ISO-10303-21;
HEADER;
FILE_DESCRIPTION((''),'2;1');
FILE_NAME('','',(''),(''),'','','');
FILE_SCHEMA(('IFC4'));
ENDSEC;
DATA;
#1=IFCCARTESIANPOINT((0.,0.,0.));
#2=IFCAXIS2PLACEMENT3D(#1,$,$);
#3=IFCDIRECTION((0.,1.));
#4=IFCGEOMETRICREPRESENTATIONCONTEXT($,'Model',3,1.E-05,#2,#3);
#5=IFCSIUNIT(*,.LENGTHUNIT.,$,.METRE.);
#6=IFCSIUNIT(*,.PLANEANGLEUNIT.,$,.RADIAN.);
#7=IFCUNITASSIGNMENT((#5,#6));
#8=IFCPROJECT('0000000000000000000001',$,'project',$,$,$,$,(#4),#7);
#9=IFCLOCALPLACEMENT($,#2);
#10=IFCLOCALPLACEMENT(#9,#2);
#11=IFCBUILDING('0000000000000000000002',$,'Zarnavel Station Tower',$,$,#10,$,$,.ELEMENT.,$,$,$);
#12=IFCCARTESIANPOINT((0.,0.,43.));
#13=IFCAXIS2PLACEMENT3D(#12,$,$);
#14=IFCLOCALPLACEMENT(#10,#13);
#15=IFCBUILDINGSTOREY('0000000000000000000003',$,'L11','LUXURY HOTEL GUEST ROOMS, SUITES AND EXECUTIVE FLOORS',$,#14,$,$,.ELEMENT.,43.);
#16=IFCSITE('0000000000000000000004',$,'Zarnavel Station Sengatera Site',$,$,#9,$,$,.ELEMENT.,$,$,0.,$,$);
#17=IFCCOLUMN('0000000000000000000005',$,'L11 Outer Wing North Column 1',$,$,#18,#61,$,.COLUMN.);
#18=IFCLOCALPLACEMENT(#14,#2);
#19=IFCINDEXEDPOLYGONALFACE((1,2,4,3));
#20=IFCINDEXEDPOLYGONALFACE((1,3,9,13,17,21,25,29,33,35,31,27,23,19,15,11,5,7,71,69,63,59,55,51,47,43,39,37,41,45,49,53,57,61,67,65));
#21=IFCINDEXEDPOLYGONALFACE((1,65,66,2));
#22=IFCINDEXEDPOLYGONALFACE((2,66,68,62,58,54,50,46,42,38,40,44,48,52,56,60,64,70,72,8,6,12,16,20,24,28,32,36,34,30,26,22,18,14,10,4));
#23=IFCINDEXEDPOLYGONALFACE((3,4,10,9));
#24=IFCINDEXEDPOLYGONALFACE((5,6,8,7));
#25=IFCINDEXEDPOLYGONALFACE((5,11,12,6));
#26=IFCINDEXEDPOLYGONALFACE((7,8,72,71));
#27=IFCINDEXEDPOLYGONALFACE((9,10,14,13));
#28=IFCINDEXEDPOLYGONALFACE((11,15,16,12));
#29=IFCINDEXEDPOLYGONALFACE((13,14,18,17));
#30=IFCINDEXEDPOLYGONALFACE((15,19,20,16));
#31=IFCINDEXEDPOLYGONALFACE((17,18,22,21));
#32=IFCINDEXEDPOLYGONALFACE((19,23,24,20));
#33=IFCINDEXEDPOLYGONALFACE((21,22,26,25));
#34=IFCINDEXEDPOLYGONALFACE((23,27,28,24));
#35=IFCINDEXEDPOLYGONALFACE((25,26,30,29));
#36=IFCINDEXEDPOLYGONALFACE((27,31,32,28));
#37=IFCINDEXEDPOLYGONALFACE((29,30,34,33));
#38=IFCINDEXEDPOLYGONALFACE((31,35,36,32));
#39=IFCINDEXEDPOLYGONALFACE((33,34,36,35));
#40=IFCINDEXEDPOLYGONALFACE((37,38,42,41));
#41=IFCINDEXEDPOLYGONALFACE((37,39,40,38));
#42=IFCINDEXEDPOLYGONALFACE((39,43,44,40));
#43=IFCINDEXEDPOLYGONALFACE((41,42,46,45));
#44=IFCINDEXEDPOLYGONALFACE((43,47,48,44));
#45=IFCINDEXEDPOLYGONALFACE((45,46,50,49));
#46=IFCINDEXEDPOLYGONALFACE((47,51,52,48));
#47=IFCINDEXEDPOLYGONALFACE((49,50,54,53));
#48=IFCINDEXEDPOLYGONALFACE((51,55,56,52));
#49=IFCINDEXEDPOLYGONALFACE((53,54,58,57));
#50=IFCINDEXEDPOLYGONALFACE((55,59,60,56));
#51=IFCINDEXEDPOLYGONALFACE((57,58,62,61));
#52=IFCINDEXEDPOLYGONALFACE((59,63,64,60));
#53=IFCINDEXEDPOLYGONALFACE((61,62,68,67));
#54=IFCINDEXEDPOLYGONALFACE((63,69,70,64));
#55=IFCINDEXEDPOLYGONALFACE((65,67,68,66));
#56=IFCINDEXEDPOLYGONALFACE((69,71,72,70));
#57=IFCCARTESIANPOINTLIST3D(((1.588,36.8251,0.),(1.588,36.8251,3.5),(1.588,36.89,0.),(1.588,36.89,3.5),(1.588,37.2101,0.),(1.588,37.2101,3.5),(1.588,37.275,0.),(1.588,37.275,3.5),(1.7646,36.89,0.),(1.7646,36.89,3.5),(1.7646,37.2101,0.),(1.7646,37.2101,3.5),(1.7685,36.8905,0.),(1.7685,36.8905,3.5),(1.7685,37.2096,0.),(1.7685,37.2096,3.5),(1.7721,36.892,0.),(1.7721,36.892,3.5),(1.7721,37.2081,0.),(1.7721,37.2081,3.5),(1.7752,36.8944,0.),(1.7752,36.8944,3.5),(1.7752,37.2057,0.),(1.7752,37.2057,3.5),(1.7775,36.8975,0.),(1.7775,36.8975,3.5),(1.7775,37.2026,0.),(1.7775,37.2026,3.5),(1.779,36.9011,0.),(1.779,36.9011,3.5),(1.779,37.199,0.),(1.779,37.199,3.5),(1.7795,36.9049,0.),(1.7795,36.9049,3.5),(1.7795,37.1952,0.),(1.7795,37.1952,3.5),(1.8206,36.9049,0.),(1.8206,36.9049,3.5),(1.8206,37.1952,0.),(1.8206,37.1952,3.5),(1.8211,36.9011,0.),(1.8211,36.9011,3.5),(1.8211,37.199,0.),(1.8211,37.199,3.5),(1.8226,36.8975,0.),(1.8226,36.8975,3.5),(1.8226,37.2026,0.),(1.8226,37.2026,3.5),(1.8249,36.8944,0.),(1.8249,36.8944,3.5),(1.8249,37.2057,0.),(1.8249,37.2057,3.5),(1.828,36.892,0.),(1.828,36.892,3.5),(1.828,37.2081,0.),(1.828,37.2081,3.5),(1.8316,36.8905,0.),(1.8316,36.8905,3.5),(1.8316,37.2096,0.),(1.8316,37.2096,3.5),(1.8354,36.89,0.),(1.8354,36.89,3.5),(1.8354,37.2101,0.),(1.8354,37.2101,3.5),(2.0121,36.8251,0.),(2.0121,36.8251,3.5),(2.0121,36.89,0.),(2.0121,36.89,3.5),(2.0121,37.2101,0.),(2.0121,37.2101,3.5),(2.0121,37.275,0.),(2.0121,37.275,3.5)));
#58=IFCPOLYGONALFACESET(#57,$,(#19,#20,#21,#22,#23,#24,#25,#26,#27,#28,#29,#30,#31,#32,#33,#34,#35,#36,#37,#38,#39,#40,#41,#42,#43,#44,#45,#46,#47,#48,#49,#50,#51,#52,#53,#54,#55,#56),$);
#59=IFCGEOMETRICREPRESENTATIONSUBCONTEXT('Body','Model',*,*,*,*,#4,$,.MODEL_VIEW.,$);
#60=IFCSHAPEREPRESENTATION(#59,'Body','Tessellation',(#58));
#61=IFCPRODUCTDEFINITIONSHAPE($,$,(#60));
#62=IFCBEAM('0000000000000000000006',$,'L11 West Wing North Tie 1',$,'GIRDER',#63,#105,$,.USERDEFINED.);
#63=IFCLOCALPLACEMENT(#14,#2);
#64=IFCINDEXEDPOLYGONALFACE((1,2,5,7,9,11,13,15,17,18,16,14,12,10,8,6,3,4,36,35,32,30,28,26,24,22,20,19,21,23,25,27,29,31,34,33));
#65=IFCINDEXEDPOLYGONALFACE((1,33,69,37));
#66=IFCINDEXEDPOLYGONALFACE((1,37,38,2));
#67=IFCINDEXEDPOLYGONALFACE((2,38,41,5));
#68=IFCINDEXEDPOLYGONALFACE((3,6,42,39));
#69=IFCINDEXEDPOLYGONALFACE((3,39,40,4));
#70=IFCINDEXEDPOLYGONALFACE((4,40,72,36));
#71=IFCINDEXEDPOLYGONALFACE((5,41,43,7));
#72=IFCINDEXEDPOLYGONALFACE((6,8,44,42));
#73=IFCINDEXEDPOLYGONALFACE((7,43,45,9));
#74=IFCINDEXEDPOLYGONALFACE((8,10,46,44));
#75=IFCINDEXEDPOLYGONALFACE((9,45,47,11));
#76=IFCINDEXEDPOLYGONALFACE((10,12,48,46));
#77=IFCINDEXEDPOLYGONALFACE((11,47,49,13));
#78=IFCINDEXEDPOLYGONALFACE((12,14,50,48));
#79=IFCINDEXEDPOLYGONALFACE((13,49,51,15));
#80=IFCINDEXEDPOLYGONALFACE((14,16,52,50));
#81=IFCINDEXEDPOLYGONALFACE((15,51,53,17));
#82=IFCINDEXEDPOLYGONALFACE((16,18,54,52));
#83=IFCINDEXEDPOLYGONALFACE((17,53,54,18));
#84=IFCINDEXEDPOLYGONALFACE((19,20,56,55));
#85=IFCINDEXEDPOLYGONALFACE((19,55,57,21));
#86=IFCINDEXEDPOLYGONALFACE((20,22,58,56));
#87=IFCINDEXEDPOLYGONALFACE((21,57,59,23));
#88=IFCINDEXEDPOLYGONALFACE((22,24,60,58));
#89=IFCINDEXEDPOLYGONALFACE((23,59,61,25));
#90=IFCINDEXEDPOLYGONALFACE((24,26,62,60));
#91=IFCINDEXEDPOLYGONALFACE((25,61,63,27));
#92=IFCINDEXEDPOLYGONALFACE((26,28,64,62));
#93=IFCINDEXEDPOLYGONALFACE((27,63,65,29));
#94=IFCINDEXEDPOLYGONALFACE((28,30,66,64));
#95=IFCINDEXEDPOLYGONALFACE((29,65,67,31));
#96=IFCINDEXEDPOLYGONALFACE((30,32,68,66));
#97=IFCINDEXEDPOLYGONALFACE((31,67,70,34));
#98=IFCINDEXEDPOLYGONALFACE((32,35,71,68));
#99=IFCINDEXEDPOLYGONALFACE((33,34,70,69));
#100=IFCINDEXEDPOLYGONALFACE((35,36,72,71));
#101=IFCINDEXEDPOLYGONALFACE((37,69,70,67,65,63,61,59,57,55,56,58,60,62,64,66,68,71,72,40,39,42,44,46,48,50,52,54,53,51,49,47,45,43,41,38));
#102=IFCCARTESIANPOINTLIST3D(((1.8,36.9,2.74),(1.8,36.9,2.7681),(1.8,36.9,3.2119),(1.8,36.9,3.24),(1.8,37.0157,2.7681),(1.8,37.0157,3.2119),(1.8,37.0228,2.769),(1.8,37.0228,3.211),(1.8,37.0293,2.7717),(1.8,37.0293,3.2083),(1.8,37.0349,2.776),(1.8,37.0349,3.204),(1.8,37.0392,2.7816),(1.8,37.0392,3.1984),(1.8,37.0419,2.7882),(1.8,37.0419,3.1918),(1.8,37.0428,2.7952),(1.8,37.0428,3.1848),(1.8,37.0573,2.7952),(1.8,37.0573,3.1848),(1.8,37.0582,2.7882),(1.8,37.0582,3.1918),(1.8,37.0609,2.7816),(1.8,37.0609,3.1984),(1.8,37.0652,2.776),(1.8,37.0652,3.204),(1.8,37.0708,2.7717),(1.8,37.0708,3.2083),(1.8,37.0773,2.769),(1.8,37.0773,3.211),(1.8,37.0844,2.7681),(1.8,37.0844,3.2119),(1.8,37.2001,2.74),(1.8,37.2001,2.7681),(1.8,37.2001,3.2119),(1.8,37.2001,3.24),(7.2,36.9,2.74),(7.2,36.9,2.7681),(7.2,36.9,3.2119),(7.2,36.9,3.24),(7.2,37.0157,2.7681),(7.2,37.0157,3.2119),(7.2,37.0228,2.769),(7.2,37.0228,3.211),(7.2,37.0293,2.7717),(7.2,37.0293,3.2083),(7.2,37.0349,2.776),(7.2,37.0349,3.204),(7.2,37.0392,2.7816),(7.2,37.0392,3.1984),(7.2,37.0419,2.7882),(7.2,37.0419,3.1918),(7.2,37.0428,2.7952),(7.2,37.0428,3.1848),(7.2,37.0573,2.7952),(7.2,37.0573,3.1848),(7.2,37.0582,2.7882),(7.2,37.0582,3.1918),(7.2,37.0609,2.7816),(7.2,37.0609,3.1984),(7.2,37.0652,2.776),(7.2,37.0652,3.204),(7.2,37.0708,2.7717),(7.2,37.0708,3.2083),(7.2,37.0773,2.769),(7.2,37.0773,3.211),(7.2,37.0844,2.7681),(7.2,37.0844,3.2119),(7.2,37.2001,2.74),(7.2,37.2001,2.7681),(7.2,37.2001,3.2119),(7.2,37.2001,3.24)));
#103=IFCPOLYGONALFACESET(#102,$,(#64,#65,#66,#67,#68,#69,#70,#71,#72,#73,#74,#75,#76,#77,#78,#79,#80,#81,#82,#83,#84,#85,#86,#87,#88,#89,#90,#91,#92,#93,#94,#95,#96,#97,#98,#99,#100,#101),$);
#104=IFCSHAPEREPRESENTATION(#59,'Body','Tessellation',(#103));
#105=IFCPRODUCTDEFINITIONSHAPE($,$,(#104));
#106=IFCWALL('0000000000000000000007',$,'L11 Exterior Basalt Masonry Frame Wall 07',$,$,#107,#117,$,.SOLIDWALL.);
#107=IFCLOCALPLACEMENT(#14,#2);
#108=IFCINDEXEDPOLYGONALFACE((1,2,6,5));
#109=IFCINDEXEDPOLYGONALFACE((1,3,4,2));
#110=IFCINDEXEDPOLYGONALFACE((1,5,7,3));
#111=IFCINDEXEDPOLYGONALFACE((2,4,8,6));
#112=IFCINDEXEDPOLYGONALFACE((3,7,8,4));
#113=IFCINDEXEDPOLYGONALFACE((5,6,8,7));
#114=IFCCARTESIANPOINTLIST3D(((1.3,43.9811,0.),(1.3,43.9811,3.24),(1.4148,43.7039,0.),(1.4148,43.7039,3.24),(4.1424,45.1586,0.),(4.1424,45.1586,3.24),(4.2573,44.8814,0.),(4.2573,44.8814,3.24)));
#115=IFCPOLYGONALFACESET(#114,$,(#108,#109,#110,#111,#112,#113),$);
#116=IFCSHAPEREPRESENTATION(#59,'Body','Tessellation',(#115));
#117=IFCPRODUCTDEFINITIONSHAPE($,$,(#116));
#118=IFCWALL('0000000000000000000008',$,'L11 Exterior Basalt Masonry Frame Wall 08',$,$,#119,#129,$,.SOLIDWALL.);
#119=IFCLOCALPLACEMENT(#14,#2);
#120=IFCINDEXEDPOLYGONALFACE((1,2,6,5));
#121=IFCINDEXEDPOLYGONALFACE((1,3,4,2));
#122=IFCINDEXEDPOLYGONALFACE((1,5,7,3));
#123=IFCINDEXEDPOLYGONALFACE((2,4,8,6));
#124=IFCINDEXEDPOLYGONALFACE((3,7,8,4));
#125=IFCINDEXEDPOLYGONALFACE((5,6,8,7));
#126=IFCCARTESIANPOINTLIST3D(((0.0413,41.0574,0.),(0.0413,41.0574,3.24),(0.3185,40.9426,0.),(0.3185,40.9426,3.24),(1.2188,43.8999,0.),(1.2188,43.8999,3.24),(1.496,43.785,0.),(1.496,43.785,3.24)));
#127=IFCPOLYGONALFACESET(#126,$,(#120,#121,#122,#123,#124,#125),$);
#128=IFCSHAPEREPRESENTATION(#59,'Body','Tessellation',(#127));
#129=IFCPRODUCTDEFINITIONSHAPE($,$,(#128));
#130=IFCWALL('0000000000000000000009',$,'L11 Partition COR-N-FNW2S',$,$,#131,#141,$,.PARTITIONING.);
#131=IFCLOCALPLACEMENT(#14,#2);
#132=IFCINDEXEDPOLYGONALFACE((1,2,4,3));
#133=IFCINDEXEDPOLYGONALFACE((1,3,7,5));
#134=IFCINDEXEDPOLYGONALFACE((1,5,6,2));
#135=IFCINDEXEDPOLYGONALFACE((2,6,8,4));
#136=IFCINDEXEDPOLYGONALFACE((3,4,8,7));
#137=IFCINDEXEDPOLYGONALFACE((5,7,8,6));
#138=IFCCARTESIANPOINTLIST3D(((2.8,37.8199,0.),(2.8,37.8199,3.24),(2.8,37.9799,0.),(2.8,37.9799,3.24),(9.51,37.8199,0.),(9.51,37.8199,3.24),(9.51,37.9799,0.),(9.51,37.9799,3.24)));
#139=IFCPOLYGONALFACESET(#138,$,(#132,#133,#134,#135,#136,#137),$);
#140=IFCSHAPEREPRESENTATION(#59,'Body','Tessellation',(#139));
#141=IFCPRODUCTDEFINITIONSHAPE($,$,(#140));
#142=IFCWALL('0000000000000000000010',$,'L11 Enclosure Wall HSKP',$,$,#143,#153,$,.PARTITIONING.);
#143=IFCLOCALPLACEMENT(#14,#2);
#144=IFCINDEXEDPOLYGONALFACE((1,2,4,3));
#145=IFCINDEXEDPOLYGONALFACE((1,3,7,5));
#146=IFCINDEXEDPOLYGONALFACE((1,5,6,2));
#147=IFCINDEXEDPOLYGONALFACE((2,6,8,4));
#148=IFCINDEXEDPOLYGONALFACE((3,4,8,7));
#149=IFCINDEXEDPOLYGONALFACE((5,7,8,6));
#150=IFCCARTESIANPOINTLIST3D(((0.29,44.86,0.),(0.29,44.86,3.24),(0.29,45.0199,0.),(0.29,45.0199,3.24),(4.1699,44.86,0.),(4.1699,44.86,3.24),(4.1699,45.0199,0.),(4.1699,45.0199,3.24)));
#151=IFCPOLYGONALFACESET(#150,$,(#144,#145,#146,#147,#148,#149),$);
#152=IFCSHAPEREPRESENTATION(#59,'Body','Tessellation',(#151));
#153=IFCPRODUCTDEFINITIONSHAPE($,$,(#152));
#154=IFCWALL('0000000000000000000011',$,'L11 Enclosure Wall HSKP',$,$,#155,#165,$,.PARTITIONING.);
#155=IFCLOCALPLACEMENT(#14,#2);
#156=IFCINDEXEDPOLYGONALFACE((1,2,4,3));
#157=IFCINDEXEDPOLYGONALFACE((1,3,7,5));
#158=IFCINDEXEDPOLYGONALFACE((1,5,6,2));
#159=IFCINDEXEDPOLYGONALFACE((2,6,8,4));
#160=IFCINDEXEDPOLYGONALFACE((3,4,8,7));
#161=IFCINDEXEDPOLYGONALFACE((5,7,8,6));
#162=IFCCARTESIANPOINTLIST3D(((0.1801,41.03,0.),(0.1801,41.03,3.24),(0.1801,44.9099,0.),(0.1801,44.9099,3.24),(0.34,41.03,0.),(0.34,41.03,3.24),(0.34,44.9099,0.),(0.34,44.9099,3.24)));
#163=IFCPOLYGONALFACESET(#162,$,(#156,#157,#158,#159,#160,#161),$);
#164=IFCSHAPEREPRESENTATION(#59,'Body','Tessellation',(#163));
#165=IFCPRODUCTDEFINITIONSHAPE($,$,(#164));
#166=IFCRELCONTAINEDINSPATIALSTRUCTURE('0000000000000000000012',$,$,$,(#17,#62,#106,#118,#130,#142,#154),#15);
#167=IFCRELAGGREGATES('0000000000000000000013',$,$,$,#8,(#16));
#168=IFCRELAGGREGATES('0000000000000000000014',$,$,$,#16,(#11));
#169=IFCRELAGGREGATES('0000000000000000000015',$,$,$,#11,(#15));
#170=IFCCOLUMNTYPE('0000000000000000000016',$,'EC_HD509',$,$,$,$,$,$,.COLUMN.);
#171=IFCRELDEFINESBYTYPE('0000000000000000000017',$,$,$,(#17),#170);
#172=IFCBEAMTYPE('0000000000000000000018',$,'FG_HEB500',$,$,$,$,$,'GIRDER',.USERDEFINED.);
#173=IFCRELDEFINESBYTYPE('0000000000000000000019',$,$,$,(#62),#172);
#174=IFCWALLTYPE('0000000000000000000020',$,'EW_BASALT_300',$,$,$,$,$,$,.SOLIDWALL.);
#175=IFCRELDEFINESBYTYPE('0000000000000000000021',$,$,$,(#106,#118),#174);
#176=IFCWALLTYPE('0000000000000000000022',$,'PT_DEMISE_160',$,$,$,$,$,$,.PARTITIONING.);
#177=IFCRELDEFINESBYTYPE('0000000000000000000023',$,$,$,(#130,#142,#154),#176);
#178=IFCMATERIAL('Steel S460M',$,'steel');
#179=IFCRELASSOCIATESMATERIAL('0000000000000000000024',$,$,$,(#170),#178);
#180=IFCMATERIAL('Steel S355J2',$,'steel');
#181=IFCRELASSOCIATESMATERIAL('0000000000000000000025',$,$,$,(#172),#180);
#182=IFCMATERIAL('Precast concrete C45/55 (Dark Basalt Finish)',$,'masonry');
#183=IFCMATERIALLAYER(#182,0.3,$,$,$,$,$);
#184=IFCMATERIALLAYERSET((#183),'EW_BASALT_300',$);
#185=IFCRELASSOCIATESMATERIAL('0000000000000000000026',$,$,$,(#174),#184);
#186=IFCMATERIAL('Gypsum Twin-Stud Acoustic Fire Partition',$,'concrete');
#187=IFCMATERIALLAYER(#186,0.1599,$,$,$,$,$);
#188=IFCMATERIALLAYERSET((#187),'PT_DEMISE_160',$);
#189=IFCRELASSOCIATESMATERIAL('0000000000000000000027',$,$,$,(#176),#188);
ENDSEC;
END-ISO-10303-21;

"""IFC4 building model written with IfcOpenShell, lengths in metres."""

from ifc_helpers import new_model, si_unit, direction, frame, frame_2d, origin, origin_2d, place, context, subcontext, project, spatial, rectangle, i_section, extrude, material, layer, layer_set, material_profile, profile_set, type_object, element, save


model = new_model("IFC4")

# Units and contexts
model_context = context("Model", 3, precision=1e-05, world=origin(), true_north=direction((0.0, 1.0)))
body_context = subcontext(model_context, "Body", "Model", "MODEL_VIEW")
ifc_project = project(units=[si_unit("LENGTHUNIT", "METRE"), si_unit("PLANEANGLEUNIT", "RADIAN")], contexts=[model_context])

# Site, building, storey
site_placement = place(None, origin())
site = spatial("IfcSite", under=ifc_project, at=site_placement, Name="Zarnavel Station Sengatera Site", CompositionType="ELEMENT", RefElevation=0.0)
building_placement = place(site_placement, origin())
building = spatial("IfcBuilding", under=site, at=building_placement, Name="Zarnavel Station Tower", CompositionType="ELEMENT")
storey_placement = place(building_placement, frame((0.0, 0.0, 43.0)))
storey = spatial("IfcBuildingStorey", under=building, at=storey_placement, Name="L11", Description="LUXURY HOTEL GUEST ROOMS, SUITES AND EXECUTIVE FLOORS", CompositionType="ELEMENT", Elevation=43.0)

# Column
ifc_material_1 = material(Name="Steel S460M", Category="steel")
ifc_material_profile_1 = material_profile(ifc_material_1, i_section(OverallWidth=0.4241, OverallDepth=0.45, WebThickness=0.041, FlangeThickness=0.0649, FilletRadius=0.0149, at=origin_2d()), Name="HD400x509")
ifc_profile_set_1 = profile_set([ifc_material_profile_1], Name="Steel S460M")
column_type = type_object("IfcColumnType", Name="EC_HD509", PredefinedType="COLUMN", material=ifc_profile_set_1)
column_placement = place(storey_placement, frame((1.8, 37.05, 0.0), z_axis=(0.0, 0.0, 1.0), x_axis=(1.0, 0.0, 0.0)))
element("IfcColumn", 1, at=column_placement, inside=storey, type_object=column_type, Name="L11 Outer Wing North Column 1", PredefinedType="COLUMN", context=body_context, shape_type="SweptSolid", body=[
    extrude(i_section(OverallWidth=0.4241, OverallDepth=0.45, WebThickness=0.041, FlangeThickness=0.0649, FilletRadius=0.0149, at=origin_2d()), origin(), (0.0, 0.0, 1.0), 3.5),
])

# Beam
ifc_material_2 = material(Name="Steel S355J2", Category="steel")
ifc_material_profile_2 = material_profile(ifc_material_2, i_section(OverallWidth=0.3, OverallDepth=0.5, WebThickness=0.0144, FlangeThickness=0.0281, FilletRadius=0.0271, at=origin_2d()), Name="HEB500")
ifc_profile_set_2 = profile_set([ifc_material_profile_2], Name="Steel S355J2")
beam_type = type_object("IfcBeamType", Name="FG_HEB500", ElementType="GIRDER", PredefinedType="USERDEFINED", material=ifc_profile_set_2)
beam_placement = place(storey_placement, frame((1.8, 37.05, 2.99), z_axis=(1.0, 0.0, 0.0), x_axis=(0.0, 1.0, 0.0)))
element("IfcBeam", 2, at=beam_placement, inside=storey, type_object=beam_type, Name="L11 West Wing North Tie 1", ObjectType="GIRDER", PredefinedType="USERDEFINED", context=body_context, shape_type="SweptSolid", body=[
    extrude(i_section(OverallWidth=0.3, OverallDepth=0.5, WebThickness=0.0144, FlangeThickness=0.0281, FilletRadius=0.0271, at=origin_2d()), origin(), (0.0, 0.0, 1.0), 5.3999),
])

# Shared definitions
ifc_material_3 = material(Name="Precast concrete C45/55 (Dark Basalt Finish)", Category="masonry")
ifc_layer_1 = layer(ifc_material_3, 0.3)
ifc_layer_set_1 = layer_set([ifc_layer_1], Name="EW_BASALT_300")
wall_type_1 = type_object("IfcWallType", Name="EW_BASALT_300", PredefinedType="SOLIDWALL", material=ifc_layer_set_1)

# Walls
for number, where, z_axis, x_axis, name in (
    (3, (1.3574, 43.8425, 0.0), (0.0, 0.0, 1.0), (0.923871, 0.382705, 0.0), "L11 Exterior Basalt Masonry Frame Wall 07"),
    (4, (0.1799, 41.0, 0.0), (0.0, 0.0, 1.0), (0.382705, 0.923871, 0.0), "L11 Exterior Basalt Masonry Frame Wall 08"),
):
    element("IfcWall", number, at=place(storey_placement, frame(where, z_axis=z_axis, x_axis=x_axis)), inside=storey, type_object=wall_type_1, Name=name, PredefinedType="SOLIDWALL", context=body_context, shape_type="SweptSolid", body=[
        extrude(rectangle(XDim=3.0767, YDim=0.3, at=frame_2d((1.5383, 0.0))), origin(), (0.0, 0.0, 1.0), 3.24),
    ])
ifc_material_4 = material(Name="Gypsum Twin-Stud Acoustic Fire Partition", Category="concrete")
ifc_layer_2 = layer(ifc_material_4, 0.1599)
ifc_layer_set_2 = layer_set([ifc_layer_2], Name="PT_DEMISE_160")
wall_type_2 = type_object("IfcWallType", Name="PT_DEMISE_160", PredefinedType="PARTITIONING", material=ifc_layer_set_2)
wall_1_placement = place(storey_placement, frame((2.8, 37.8999, 0.0), z_axis=(0.0, 0.0, 1.0), x_axis=(1.0, 0.0, 0.0)))
element("IfcWall", 5, at=wall_1_placement, inside=storey, type_object=wall_type_2, Name="L11 Partition COR-N-FNW2S", PredefinedType="PARTITIONING", context=body_context, shape_type="SweptSolid", body=[
    extrude(rectangle(XDim=6.71, YDim=0.1599, at=frame_2d((3.355, 0.0))), origin(), (0.0, 0.0, 1.0), 3.24),
])
for number, where, z_axis, x_axis, name in (
    (6, (0.29, 44.9399, 0.0), (0.0, 0.0, 1.0), (1.0, 0.0, 0.0), "L11 Enclosure Wall HSKP"),
    (7, (0.26, 41.03, 0.0), (0.0, 0.0, 1.0), (0.0, 1.0, 0.0), "L11 Enclosure Wall HSKP"),
):
    element("IfcWall", number, at=place(storey_placement, frame(where, z_axis=z_axis, x_axis=x_axis)), inside=storey, type_object=wall_type_2, Name=name, PredefinedType="PARTITIONING", context=body_context, shape_type="SweptSolid", body=[
        extrude(rectangle(XDim=3.8799, YDim=0.1599, at=frame_2d((1.9399, 0.0))), origin(), (0.0, 0.0, 1.0), 3.24),
    ])

save(model, "model.ifc")
